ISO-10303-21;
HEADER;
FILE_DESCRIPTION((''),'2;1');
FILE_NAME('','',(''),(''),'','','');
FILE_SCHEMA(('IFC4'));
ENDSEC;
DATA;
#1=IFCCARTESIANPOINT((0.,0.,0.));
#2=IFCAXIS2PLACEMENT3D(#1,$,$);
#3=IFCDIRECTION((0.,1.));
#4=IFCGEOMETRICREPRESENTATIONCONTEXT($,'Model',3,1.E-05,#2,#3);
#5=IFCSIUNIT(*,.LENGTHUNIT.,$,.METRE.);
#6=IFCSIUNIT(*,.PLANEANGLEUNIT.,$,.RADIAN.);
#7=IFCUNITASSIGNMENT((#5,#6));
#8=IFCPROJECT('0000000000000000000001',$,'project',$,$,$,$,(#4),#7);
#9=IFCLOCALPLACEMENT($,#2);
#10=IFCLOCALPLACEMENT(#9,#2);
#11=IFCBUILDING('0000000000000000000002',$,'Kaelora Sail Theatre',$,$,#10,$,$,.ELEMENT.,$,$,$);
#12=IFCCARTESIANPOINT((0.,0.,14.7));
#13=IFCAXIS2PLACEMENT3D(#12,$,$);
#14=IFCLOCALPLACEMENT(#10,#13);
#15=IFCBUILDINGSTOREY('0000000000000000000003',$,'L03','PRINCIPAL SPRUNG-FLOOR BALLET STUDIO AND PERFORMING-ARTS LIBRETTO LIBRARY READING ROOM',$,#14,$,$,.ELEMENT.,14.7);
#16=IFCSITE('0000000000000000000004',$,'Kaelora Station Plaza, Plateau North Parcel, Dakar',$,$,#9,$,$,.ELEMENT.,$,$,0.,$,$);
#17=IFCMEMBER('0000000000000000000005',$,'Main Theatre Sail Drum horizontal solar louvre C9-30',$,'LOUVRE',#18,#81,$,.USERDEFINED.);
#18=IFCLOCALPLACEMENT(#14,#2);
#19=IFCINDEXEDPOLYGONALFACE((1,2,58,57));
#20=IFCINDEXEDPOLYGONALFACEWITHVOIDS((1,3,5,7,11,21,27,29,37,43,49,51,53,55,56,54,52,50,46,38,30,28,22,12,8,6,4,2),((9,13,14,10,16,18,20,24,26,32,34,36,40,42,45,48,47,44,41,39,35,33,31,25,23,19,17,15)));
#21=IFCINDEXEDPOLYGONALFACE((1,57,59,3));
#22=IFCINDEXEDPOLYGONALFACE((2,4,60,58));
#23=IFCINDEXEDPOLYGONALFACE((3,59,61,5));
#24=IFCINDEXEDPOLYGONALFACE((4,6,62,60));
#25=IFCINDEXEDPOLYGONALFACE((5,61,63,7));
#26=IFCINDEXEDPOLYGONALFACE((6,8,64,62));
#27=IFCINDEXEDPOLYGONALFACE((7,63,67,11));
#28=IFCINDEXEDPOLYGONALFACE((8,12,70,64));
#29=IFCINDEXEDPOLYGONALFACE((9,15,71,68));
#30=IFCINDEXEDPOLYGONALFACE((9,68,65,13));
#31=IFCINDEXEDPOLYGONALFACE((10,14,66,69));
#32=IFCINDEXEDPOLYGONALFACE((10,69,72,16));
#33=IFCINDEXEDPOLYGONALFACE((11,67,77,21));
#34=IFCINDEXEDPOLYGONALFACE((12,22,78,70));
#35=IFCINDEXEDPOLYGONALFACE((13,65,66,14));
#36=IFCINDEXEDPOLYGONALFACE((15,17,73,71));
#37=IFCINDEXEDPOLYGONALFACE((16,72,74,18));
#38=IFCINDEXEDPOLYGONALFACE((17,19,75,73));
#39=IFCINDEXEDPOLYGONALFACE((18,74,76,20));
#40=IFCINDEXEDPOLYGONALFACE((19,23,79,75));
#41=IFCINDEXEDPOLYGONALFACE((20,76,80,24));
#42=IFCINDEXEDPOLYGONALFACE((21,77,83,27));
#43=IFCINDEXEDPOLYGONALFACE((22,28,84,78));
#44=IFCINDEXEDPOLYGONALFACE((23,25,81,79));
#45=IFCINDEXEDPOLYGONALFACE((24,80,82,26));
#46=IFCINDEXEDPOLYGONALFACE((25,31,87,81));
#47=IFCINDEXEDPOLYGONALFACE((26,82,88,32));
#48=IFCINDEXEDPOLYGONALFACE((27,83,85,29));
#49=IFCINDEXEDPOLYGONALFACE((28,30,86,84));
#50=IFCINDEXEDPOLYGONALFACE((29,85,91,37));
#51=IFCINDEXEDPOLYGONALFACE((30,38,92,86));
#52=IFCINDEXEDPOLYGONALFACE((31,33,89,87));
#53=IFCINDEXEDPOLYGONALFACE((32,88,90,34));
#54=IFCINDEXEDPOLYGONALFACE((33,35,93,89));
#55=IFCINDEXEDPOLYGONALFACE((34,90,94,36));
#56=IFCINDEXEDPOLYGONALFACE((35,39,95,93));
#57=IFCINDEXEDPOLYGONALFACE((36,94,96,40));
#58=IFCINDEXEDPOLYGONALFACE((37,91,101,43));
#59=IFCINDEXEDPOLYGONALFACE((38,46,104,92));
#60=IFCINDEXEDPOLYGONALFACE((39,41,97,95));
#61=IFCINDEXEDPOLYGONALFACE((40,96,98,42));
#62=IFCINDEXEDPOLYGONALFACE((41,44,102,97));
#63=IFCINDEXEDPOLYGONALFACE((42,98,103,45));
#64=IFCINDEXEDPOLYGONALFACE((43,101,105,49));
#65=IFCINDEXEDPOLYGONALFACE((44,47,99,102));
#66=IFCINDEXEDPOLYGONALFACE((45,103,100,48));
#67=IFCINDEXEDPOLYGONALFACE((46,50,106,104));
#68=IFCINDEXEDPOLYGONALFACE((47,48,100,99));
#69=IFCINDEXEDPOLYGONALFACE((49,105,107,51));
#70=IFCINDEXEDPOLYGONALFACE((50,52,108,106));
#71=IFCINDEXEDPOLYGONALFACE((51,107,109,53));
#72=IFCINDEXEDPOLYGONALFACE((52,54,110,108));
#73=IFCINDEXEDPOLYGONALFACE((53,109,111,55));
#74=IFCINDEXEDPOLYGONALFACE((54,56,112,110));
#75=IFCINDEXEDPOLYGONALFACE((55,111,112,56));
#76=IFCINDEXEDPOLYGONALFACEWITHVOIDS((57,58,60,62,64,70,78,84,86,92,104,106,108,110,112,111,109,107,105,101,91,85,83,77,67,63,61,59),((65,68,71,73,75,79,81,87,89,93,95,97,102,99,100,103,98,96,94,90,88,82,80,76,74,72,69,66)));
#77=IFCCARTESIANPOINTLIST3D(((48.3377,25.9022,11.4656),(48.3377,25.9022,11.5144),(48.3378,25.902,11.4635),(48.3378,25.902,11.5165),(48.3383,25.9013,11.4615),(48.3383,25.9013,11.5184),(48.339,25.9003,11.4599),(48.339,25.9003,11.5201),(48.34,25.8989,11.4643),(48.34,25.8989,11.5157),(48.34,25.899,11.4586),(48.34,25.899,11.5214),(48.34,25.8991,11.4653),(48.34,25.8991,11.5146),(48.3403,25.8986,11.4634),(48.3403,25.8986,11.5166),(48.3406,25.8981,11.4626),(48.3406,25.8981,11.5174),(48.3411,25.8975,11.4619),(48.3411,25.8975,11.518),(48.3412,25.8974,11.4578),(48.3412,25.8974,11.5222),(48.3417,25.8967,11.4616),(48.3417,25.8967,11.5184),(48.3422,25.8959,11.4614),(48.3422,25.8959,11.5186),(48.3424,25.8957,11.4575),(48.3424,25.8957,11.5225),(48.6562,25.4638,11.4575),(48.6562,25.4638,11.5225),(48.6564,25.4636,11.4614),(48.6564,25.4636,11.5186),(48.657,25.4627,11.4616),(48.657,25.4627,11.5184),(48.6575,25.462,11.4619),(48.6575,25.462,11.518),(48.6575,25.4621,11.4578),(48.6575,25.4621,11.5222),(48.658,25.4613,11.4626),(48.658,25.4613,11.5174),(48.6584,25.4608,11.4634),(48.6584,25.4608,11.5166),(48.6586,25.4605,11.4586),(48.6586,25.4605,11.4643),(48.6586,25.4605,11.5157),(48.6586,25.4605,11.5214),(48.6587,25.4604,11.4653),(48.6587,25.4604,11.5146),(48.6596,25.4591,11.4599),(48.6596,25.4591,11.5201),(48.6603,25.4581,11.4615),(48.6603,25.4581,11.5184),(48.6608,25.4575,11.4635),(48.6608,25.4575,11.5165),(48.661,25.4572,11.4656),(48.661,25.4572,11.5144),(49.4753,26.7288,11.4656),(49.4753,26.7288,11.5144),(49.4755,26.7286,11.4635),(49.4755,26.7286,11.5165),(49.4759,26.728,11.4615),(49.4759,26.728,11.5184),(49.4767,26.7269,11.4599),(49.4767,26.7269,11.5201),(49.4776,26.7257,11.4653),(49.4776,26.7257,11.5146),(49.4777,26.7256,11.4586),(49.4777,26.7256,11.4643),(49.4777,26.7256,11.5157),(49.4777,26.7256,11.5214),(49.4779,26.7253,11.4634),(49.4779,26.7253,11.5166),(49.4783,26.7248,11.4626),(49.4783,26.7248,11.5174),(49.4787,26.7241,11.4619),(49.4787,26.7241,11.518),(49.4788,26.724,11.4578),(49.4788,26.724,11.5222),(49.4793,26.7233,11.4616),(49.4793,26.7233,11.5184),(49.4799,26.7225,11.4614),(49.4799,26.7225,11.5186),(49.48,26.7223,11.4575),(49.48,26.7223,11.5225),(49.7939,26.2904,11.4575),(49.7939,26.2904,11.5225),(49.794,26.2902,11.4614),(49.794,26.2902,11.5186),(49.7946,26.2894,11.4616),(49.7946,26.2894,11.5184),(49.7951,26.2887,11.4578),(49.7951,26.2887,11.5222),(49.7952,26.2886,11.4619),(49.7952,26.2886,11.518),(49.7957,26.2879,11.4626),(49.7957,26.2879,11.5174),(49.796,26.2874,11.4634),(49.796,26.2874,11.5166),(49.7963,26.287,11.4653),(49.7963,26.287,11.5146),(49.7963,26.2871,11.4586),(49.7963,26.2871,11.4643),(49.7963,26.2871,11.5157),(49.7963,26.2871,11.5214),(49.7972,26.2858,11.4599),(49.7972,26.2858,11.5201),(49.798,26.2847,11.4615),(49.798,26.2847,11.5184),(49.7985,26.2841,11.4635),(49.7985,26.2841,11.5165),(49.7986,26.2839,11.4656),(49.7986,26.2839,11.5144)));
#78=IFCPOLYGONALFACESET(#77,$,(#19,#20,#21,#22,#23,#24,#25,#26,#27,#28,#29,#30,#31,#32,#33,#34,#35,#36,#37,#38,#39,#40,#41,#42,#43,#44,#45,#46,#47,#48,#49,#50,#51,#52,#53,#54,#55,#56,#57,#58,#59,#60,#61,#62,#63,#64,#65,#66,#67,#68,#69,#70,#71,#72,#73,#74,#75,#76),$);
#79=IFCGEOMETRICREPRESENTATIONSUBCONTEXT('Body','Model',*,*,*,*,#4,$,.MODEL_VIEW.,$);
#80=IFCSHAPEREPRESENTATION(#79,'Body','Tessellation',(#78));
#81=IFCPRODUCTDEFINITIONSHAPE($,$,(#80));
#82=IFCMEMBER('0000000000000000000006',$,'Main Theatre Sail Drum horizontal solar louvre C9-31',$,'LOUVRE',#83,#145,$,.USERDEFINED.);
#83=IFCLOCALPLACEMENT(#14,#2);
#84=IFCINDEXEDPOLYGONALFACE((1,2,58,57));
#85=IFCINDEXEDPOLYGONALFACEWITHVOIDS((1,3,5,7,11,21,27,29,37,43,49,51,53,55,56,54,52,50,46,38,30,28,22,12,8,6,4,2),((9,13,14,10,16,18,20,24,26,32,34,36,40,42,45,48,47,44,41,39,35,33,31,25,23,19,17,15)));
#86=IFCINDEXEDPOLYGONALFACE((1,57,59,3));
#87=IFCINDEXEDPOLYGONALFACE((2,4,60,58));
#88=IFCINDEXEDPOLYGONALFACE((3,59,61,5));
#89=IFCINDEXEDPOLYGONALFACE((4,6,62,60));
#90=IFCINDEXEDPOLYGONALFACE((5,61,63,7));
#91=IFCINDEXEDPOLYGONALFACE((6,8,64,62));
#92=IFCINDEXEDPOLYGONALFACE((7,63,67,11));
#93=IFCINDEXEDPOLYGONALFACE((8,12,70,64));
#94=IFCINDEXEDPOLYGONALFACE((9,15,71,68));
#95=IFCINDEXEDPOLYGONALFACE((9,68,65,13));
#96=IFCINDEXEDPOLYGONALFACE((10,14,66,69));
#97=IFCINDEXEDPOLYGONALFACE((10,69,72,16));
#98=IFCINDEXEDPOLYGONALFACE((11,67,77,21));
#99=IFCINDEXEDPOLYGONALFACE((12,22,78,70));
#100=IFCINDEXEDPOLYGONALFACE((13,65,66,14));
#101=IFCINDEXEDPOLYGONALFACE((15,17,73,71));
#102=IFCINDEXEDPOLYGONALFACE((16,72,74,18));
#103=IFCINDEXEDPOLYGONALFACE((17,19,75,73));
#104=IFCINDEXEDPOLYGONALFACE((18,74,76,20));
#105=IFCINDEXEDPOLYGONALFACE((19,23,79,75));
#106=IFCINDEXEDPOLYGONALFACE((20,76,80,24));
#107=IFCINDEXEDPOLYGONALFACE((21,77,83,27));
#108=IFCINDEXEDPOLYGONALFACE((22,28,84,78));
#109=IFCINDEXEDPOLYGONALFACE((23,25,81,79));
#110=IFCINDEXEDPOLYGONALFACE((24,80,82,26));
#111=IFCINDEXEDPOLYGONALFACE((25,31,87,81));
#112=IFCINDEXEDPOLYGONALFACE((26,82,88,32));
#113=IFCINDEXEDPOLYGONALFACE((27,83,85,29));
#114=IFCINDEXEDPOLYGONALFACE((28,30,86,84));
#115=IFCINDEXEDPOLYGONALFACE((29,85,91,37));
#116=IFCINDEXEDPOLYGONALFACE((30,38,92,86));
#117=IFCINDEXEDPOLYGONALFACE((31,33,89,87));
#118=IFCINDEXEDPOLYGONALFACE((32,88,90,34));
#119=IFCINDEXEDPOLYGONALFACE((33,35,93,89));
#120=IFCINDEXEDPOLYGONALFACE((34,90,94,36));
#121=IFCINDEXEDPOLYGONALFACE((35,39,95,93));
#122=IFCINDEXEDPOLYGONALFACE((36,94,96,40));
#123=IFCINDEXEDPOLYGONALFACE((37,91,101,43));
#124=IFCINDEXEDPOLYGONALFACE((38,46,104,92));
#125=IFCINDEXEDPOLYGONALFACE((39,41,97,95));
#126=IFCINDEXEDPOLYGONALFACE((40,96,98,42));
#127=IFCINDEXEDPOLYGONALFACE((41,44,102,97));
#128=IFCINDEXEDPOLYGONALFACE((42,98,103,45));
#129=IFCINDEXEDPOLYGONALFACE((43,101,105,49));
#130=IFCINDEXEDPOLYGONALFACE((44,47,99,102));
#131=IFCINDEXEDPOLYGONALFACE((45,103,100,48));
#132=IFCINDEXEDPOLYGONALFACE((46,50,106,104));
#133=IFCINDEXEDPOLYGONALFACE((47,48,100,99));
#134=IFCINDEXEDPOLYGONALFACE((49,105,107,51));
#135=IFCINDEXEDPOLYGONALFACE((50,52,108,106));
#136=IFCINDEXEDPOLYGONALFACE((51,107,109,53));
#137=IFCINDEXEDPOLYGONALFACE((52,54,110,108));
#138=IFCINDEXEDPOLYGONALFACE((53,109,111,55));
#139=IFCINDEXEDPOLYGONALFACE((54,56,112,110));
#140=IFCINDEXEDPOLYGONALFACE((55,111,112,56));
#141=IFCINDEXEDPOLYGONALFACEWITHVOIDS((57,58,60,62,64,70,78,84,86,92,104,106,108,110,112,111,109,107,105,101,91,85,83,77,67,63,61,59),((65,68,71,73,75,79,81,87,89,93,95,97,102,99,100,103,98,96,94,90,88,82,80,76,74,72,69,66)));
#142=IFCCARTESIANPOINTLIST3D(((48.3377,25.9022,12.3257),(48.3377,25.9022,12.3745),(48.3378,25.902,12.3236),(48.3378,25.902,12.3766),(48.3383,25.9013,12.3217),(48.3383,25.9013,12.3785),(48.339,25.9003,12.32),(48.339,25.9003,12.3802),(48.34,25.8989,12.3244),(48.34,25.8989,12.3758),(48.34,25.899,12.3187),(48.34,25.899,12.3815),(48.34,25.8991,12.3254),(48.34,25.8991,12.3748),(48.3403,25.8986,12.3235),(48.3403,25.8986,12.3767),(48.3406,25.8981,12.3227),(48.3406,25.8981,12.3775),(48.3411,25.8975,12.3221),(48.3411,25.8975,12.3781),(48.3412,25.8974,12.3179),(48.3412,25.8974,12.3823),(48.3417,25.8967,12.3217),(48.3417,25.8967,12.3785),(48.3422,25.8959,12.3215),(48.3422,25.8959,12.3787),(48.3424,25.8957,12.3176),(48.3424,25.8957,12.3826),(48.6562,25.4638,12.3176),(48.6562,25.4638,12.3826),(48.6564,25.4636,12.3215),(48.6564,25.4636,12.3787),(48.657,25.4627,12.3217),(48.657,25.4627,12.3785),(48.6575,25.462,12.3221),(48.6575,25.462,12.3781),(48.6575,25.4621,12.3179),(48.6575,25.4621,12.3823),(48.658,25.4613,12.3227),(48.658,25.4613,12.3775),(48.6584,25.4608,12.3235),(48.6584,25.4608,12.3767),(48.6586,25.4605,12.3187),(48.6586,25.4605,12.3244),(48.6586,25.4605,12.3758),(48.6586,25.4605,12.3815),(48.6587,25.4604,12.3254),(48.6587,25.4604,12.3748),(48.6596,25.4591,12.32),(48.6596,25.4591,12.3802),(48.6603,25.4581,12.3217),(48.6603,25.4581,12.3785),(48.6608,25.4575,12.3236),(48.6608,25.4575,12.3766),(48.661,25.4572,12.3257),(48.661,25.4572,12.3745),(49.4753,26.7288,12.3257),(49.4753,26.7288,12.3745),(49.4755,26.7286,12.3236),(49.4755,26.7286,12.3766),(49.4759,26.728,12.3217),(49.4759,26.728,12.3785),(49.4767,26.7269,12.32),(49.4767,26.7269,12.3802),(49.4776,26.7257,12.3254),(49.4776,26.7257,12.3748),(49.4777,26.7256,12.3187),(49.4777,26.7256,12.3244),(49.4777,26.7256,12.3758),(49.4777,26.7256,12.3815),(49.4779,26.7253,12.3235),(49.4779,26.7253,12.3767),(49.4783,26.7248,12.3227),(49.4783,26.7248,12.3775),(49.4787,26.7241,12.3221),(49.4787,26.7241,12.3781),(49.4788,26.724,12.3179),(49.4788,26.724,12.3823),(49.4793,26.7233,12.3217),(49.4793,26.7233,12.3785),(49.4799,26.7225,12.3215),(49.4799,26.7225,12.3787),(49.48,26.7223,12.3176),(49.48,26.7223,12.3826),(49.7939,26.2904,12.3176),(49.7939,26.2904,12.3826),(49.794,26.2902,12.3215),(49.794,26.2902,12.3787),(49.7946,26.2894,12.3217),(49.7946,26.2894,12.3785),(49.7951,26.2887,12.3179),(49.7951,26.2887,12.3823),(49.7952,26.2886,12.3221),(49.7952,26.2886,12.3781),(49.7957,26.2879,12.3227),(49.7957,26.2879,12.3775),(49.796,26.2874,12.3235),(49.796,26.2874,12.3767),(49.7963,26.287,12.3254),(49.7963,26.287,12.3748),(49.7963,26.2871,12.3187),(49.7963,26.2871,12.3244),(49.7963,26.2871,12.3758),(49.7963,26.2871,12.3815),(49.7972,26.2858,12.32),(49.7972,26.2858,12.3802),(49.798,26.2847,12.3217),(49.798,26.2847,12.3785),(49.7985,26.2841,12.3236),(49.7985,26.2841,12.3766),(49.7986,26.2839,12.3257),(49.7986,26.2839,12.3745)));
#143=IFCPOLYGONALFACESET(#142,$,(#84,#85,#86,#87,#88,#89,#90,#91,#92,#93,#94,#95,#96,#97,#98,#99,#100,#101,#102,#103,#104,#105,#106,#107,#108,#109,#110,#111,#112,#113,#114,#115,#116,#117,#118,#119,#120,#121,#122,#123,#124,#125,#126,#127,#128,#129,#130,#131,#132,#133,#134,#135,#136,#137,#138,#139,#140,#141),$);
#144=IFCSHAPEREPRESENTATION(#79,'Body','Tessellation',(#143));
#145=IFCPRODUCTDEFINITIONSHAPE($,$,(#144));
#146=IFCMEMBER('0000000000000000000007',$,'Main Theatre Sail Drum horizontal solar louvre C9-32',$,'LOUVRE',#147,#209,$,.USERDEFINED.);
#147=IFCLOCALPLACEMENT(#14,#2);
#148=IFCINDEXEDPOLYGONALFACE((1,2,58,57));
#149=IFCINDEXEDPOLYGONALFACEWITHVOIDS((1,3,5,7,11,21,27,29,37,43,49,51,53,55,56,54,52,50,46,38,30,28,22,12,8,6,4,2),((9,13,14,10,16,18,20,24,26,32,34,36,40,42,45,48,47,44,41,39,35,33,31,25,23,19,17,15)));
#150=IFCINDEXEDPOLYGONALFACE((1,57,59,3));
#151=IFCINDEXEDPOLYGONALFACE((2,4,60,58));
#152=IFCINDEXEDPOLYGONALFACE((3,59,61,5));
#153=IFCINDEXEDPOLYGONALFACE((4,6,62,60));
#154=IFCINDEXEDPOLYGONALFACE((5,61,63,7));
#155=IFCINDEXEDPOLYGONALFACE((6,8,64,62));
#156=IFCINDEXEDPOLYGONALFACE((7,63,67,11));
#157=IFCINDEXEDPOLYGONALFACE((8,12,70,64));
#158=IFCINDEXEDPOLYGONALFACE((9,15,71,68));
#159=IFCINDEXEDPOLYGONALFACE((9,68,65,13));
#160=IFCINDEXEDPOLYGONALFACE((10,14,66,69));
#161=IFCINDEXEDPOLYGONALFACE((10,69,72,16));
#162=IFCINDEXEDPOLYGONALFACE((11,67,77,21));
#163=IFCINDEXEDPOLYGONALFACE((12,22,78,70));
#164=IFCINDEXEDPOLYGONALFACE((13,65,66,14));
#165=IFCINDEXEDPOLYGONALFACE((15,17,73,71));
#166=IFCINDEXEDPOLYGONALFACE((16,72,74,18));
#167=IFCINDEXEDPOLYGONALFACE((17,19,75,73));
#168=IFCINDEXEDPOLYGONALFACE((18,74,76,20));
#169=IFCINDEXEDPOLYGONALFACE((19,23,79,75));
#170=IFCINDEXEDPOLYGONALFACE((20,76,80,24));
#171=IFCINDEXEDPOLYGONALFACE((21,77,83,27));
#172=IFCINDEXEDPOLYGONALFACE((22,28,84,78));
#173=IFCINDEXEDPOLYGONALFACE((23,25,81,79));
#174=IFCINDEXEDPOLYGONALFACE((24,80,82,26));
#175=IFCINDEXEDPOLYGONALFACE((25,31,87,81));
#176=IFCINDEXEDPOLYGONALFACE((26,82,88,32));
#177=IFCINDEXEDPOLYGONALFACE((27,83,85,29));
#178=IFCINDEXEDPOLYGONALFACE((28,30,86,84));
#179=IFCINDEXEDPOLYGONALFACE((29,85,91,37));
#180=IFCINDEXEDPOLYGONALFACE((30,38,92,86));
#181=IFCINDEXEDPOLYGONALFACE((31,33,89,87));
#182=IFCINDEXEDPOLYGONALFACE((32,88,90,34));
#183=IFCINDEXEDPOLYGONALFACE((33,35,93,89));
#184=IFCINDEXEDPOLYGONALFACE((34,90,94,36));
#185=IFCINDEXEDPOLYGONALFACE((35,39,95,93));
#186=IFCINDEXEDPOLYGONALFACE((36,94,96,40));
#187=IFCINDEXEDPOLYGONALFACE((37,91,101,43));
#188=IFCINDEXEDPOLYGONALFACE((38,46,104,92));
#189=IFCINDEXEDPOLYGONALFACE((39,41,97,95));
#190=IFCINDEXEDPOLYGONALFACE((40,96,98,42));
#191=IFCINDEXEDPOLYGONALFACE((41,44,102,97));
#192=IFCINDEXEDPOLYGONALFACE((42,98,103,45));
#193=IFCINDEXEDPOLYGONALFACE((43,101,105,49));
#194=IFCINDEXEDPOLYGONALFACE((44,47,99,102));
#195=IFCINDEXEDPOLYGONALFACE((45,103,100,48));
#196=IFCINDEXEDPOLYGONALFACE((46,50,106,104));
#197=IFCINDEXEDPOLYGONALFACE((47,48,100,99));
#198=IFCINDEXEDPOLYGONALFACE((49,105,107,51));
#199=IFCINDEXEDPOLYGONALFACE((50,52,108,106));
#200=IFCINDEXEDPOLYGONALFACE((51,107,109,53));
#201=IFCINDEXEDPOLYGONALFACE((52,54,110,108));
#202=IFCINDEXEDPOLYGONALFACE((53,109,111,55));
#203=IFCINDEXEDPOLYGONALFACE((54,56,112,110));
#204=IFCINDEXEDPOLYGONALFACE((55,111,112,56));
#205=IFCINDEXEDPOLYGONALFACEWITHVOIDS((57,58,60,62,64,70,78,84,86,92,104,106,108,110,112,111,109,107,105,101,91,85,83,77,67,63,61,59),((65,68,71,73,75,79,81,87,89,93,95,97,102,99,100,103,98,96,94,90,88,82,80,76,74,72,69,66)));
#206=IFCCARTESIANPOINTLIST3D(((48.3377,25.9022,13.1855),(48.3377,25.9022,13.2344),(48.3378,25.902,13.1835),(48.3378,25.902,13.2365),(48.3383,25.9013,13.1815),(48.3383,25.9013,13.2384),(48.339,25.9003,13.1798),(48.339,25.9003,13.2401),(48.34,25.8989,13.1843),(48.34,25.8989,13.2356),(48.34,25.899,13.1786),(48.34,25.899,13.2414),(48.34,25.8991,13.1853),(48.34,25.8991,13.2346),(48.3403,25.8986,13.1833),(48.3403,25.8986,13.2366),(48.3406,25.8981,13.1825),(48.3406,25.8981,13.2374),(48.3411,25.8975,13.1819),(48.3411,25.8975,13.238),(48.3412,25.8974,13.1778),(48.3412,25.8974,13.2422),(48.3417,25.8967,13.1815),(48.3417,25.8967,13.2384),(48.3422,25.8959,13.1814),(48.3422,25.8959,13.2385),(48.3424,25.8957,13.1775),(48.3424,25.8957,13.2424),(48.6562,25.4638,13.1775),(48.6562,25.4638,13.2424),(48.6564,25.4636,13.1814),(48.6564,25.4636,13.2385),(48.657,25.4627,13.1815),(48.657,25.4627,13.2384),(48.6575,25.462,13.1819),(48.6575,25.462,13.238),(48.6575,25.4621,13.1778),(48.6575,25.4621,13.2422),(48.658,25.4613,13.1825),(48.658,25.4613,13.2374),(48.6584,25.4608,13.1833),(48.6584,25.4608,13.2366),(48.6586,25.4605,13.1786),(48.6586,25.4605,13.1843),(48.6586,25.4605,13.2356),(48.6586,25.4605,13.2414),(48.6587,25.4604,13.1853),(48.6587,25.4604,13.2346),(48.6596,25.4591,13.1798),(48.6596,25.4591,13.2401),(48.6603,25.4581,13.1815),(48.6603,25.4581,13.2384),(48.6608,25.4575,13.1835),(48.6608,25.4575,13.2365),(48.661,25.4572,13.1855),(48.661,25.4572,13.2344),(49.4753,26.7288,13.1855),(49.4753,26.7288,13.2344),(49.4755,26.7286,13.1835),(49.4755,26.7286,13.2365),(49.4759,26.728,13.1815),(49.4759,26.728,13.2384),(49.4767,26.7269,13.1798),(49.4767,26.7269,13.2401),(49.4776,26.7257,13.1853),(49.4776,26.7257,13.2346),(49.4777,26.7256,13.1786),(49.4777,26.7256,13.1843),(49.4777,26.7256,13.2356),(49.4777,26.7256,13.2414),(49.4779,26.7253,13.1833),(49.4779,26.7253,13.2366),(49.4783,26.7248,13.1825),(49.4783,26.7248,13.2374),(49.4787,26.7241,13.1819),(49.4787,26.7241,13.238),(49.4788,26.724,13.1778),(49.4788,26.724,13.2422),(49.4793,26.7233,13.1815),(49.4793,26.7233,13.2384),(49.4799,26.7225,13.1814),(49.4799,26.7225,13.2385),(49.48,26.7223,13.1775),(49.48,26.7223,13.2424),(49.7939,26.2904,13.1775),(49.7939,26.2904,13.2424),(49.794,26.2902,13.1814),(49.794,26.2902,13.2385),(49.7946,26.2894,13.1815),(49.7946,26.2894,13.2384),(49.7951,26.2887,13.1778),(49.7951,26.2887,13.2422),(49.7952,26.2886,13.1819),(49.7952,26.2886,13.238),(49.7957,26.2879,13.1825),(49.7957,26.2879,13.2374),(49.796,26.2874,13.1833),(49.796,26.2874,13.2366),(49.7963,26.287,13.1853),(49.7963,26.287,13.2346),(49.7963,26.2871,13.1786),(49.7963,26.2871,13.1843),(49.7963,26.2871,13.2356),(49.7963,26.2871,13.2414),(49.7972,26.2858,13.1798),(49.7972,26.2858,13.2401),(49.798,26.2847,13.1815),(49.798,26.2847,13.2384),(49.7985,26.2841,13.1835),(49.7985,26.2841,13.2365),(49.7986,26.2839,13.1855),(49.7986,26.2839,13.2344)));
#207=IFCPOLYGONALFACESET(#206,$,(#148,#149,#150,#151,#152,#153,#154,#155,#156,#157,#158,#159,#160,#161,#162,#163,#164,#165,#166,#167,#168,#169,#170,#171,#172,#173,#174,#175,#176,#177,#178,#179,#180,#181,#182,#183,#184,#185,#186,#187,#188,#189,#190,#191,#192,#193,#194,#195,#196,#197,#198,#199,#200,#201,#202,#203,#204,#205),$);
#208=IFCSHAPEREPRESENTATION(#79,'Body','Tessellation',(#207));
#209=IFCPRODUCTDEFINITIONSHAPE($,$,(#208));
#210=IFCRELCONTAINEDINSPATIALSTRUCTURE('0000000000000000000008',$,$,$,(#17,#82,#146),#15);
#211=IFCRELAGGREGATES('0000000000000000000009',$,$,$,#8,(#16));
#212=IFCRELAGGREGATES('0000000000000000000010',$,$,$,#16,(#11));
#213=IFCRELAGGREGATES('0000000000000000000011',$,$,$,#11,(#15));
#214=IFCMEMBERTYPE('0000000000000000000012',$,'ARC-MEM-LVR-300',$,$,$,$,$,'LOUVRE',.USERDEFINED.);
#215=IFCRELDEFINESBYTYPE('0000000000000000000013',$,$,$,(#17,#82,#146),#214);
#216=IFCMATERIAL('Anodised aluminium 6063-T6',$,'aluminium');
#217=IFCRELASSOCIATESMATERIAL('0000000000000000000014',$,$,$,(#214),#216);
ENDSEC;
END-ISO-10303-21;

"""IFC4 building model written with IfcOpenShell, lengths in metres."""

from ifc_helpers import new_model, si_unit, direction, frame, origin, origin_2d, place, context, subcontext, project, spatial, hollow_rectangle, extrude, material, material_profile, profile_set, type_object, element, save


model = new_model("IFC4")

# Units and contexts
model_context = context("Model", 3, precision=1e-05, world=origin(), true_north=direction((0.0, 1.0)))
body_context = subcontext(model_context, "Body", "Model", "MODEL_VIEW")
ifc_project = project(units=[si_unit("LENGTHUNIT", "METRE"), si_unit("PLANEANGLEUNIT", "RADIAN")], contexts=[model_context])

# Site, building, storey
site_placement = place(None, origin())
site = spatial("IfcSite", under=ifc_project, at=site_placement, Name="Kaelora Station Plaza, Plateau North Parcel, Dakar", CompositionType="ELEMENT", RefElevation=0.0)
building_placement = place(site_placement, origin())
building = spatial("IfcBuilding", under=site, at=building_placement, Name="Kaelora Sail Theatre", CompositionType="ELEMENT")
storey_placement = place(building_placement, frame((0.0, 0.0, 14.7)))
storey = spatial("IfcBuildingStorey", under=building, at=storey_placement, Name="L03", Description="PRINCIPAL SPRUNG-FLOOR BALLET STUDIO AND PERFORMING-ARTS LIBRETTO LIBRARY READING ROOM", CompositionType="ELEMENT", Elevation=14.7)

# Members
ifc_material = material(Name="Anodised aluminium 6063-T6", Category="aluminium")
ifc_material_profile = material_profile(ifc_material, hollow_rectangle(XDim=0.55, YDim=0.0649, WallThickness=0.0039, InnerFilletRadius=0.0039, OuterFilletRadius=0.0081, at=origin_2d()), Name="LOUVRE 550x65x4")
ifc_profile_set = profile_set([ifc_material_profile], Name="Anodised aluminium 6063-T6")
member_type = type_object("IfcMemberType", Name="ARC-MEM-LVR-300", ElementType="LOUVRE", PredefinedType="USERDEFINED", material=ifc_profile_set)
for number, where, z_axis, x_axis, name in (
    (1, (49.637, 26.5063, 11.49), (-0.808991, -0.587821, 0.0), (0.587821, -0.808991, 0.0), "Main Theatre Sail Drum horizontal solar louvre C9-30"),
    (2, (49.637, 26.5063, 12.3501), (-0.808991, -0.587821, 0.0), (0.587821, -0.808991, 0.0), "Main Theatre Sail Drum horizontal solar louvre C9-31"),
    (3, (49.637, 26.5063, 13.21), (-0.808991, -0.587821, 0.0), (0.587821, -0.808991, 0.0), "Main Theatre Sail Drum horizontal solar louvre C9-32"),
):
    element("IfcMember", number, at=place(storey_placement, frame(where, z_axis=z_axis, x_axis=x_axis)), inside=storey, type_object=member_type, Name=name, ObjectType="LOUVRE", PredefinedType="USERDEFINED", context=body_context, shape_type="SweptSolid", body=[
        extrude(hollow_rectangle(XDim=0.55, YDim=0.0649, WallThickness=0.0039, InnerFilletRadius=0.0039, OuterFilletRadius=0.0081, at=origin_2d()), origin(), (0.0, 0.0, 1.0), 1.4062),
    ])

save(model, "model.ifc")
